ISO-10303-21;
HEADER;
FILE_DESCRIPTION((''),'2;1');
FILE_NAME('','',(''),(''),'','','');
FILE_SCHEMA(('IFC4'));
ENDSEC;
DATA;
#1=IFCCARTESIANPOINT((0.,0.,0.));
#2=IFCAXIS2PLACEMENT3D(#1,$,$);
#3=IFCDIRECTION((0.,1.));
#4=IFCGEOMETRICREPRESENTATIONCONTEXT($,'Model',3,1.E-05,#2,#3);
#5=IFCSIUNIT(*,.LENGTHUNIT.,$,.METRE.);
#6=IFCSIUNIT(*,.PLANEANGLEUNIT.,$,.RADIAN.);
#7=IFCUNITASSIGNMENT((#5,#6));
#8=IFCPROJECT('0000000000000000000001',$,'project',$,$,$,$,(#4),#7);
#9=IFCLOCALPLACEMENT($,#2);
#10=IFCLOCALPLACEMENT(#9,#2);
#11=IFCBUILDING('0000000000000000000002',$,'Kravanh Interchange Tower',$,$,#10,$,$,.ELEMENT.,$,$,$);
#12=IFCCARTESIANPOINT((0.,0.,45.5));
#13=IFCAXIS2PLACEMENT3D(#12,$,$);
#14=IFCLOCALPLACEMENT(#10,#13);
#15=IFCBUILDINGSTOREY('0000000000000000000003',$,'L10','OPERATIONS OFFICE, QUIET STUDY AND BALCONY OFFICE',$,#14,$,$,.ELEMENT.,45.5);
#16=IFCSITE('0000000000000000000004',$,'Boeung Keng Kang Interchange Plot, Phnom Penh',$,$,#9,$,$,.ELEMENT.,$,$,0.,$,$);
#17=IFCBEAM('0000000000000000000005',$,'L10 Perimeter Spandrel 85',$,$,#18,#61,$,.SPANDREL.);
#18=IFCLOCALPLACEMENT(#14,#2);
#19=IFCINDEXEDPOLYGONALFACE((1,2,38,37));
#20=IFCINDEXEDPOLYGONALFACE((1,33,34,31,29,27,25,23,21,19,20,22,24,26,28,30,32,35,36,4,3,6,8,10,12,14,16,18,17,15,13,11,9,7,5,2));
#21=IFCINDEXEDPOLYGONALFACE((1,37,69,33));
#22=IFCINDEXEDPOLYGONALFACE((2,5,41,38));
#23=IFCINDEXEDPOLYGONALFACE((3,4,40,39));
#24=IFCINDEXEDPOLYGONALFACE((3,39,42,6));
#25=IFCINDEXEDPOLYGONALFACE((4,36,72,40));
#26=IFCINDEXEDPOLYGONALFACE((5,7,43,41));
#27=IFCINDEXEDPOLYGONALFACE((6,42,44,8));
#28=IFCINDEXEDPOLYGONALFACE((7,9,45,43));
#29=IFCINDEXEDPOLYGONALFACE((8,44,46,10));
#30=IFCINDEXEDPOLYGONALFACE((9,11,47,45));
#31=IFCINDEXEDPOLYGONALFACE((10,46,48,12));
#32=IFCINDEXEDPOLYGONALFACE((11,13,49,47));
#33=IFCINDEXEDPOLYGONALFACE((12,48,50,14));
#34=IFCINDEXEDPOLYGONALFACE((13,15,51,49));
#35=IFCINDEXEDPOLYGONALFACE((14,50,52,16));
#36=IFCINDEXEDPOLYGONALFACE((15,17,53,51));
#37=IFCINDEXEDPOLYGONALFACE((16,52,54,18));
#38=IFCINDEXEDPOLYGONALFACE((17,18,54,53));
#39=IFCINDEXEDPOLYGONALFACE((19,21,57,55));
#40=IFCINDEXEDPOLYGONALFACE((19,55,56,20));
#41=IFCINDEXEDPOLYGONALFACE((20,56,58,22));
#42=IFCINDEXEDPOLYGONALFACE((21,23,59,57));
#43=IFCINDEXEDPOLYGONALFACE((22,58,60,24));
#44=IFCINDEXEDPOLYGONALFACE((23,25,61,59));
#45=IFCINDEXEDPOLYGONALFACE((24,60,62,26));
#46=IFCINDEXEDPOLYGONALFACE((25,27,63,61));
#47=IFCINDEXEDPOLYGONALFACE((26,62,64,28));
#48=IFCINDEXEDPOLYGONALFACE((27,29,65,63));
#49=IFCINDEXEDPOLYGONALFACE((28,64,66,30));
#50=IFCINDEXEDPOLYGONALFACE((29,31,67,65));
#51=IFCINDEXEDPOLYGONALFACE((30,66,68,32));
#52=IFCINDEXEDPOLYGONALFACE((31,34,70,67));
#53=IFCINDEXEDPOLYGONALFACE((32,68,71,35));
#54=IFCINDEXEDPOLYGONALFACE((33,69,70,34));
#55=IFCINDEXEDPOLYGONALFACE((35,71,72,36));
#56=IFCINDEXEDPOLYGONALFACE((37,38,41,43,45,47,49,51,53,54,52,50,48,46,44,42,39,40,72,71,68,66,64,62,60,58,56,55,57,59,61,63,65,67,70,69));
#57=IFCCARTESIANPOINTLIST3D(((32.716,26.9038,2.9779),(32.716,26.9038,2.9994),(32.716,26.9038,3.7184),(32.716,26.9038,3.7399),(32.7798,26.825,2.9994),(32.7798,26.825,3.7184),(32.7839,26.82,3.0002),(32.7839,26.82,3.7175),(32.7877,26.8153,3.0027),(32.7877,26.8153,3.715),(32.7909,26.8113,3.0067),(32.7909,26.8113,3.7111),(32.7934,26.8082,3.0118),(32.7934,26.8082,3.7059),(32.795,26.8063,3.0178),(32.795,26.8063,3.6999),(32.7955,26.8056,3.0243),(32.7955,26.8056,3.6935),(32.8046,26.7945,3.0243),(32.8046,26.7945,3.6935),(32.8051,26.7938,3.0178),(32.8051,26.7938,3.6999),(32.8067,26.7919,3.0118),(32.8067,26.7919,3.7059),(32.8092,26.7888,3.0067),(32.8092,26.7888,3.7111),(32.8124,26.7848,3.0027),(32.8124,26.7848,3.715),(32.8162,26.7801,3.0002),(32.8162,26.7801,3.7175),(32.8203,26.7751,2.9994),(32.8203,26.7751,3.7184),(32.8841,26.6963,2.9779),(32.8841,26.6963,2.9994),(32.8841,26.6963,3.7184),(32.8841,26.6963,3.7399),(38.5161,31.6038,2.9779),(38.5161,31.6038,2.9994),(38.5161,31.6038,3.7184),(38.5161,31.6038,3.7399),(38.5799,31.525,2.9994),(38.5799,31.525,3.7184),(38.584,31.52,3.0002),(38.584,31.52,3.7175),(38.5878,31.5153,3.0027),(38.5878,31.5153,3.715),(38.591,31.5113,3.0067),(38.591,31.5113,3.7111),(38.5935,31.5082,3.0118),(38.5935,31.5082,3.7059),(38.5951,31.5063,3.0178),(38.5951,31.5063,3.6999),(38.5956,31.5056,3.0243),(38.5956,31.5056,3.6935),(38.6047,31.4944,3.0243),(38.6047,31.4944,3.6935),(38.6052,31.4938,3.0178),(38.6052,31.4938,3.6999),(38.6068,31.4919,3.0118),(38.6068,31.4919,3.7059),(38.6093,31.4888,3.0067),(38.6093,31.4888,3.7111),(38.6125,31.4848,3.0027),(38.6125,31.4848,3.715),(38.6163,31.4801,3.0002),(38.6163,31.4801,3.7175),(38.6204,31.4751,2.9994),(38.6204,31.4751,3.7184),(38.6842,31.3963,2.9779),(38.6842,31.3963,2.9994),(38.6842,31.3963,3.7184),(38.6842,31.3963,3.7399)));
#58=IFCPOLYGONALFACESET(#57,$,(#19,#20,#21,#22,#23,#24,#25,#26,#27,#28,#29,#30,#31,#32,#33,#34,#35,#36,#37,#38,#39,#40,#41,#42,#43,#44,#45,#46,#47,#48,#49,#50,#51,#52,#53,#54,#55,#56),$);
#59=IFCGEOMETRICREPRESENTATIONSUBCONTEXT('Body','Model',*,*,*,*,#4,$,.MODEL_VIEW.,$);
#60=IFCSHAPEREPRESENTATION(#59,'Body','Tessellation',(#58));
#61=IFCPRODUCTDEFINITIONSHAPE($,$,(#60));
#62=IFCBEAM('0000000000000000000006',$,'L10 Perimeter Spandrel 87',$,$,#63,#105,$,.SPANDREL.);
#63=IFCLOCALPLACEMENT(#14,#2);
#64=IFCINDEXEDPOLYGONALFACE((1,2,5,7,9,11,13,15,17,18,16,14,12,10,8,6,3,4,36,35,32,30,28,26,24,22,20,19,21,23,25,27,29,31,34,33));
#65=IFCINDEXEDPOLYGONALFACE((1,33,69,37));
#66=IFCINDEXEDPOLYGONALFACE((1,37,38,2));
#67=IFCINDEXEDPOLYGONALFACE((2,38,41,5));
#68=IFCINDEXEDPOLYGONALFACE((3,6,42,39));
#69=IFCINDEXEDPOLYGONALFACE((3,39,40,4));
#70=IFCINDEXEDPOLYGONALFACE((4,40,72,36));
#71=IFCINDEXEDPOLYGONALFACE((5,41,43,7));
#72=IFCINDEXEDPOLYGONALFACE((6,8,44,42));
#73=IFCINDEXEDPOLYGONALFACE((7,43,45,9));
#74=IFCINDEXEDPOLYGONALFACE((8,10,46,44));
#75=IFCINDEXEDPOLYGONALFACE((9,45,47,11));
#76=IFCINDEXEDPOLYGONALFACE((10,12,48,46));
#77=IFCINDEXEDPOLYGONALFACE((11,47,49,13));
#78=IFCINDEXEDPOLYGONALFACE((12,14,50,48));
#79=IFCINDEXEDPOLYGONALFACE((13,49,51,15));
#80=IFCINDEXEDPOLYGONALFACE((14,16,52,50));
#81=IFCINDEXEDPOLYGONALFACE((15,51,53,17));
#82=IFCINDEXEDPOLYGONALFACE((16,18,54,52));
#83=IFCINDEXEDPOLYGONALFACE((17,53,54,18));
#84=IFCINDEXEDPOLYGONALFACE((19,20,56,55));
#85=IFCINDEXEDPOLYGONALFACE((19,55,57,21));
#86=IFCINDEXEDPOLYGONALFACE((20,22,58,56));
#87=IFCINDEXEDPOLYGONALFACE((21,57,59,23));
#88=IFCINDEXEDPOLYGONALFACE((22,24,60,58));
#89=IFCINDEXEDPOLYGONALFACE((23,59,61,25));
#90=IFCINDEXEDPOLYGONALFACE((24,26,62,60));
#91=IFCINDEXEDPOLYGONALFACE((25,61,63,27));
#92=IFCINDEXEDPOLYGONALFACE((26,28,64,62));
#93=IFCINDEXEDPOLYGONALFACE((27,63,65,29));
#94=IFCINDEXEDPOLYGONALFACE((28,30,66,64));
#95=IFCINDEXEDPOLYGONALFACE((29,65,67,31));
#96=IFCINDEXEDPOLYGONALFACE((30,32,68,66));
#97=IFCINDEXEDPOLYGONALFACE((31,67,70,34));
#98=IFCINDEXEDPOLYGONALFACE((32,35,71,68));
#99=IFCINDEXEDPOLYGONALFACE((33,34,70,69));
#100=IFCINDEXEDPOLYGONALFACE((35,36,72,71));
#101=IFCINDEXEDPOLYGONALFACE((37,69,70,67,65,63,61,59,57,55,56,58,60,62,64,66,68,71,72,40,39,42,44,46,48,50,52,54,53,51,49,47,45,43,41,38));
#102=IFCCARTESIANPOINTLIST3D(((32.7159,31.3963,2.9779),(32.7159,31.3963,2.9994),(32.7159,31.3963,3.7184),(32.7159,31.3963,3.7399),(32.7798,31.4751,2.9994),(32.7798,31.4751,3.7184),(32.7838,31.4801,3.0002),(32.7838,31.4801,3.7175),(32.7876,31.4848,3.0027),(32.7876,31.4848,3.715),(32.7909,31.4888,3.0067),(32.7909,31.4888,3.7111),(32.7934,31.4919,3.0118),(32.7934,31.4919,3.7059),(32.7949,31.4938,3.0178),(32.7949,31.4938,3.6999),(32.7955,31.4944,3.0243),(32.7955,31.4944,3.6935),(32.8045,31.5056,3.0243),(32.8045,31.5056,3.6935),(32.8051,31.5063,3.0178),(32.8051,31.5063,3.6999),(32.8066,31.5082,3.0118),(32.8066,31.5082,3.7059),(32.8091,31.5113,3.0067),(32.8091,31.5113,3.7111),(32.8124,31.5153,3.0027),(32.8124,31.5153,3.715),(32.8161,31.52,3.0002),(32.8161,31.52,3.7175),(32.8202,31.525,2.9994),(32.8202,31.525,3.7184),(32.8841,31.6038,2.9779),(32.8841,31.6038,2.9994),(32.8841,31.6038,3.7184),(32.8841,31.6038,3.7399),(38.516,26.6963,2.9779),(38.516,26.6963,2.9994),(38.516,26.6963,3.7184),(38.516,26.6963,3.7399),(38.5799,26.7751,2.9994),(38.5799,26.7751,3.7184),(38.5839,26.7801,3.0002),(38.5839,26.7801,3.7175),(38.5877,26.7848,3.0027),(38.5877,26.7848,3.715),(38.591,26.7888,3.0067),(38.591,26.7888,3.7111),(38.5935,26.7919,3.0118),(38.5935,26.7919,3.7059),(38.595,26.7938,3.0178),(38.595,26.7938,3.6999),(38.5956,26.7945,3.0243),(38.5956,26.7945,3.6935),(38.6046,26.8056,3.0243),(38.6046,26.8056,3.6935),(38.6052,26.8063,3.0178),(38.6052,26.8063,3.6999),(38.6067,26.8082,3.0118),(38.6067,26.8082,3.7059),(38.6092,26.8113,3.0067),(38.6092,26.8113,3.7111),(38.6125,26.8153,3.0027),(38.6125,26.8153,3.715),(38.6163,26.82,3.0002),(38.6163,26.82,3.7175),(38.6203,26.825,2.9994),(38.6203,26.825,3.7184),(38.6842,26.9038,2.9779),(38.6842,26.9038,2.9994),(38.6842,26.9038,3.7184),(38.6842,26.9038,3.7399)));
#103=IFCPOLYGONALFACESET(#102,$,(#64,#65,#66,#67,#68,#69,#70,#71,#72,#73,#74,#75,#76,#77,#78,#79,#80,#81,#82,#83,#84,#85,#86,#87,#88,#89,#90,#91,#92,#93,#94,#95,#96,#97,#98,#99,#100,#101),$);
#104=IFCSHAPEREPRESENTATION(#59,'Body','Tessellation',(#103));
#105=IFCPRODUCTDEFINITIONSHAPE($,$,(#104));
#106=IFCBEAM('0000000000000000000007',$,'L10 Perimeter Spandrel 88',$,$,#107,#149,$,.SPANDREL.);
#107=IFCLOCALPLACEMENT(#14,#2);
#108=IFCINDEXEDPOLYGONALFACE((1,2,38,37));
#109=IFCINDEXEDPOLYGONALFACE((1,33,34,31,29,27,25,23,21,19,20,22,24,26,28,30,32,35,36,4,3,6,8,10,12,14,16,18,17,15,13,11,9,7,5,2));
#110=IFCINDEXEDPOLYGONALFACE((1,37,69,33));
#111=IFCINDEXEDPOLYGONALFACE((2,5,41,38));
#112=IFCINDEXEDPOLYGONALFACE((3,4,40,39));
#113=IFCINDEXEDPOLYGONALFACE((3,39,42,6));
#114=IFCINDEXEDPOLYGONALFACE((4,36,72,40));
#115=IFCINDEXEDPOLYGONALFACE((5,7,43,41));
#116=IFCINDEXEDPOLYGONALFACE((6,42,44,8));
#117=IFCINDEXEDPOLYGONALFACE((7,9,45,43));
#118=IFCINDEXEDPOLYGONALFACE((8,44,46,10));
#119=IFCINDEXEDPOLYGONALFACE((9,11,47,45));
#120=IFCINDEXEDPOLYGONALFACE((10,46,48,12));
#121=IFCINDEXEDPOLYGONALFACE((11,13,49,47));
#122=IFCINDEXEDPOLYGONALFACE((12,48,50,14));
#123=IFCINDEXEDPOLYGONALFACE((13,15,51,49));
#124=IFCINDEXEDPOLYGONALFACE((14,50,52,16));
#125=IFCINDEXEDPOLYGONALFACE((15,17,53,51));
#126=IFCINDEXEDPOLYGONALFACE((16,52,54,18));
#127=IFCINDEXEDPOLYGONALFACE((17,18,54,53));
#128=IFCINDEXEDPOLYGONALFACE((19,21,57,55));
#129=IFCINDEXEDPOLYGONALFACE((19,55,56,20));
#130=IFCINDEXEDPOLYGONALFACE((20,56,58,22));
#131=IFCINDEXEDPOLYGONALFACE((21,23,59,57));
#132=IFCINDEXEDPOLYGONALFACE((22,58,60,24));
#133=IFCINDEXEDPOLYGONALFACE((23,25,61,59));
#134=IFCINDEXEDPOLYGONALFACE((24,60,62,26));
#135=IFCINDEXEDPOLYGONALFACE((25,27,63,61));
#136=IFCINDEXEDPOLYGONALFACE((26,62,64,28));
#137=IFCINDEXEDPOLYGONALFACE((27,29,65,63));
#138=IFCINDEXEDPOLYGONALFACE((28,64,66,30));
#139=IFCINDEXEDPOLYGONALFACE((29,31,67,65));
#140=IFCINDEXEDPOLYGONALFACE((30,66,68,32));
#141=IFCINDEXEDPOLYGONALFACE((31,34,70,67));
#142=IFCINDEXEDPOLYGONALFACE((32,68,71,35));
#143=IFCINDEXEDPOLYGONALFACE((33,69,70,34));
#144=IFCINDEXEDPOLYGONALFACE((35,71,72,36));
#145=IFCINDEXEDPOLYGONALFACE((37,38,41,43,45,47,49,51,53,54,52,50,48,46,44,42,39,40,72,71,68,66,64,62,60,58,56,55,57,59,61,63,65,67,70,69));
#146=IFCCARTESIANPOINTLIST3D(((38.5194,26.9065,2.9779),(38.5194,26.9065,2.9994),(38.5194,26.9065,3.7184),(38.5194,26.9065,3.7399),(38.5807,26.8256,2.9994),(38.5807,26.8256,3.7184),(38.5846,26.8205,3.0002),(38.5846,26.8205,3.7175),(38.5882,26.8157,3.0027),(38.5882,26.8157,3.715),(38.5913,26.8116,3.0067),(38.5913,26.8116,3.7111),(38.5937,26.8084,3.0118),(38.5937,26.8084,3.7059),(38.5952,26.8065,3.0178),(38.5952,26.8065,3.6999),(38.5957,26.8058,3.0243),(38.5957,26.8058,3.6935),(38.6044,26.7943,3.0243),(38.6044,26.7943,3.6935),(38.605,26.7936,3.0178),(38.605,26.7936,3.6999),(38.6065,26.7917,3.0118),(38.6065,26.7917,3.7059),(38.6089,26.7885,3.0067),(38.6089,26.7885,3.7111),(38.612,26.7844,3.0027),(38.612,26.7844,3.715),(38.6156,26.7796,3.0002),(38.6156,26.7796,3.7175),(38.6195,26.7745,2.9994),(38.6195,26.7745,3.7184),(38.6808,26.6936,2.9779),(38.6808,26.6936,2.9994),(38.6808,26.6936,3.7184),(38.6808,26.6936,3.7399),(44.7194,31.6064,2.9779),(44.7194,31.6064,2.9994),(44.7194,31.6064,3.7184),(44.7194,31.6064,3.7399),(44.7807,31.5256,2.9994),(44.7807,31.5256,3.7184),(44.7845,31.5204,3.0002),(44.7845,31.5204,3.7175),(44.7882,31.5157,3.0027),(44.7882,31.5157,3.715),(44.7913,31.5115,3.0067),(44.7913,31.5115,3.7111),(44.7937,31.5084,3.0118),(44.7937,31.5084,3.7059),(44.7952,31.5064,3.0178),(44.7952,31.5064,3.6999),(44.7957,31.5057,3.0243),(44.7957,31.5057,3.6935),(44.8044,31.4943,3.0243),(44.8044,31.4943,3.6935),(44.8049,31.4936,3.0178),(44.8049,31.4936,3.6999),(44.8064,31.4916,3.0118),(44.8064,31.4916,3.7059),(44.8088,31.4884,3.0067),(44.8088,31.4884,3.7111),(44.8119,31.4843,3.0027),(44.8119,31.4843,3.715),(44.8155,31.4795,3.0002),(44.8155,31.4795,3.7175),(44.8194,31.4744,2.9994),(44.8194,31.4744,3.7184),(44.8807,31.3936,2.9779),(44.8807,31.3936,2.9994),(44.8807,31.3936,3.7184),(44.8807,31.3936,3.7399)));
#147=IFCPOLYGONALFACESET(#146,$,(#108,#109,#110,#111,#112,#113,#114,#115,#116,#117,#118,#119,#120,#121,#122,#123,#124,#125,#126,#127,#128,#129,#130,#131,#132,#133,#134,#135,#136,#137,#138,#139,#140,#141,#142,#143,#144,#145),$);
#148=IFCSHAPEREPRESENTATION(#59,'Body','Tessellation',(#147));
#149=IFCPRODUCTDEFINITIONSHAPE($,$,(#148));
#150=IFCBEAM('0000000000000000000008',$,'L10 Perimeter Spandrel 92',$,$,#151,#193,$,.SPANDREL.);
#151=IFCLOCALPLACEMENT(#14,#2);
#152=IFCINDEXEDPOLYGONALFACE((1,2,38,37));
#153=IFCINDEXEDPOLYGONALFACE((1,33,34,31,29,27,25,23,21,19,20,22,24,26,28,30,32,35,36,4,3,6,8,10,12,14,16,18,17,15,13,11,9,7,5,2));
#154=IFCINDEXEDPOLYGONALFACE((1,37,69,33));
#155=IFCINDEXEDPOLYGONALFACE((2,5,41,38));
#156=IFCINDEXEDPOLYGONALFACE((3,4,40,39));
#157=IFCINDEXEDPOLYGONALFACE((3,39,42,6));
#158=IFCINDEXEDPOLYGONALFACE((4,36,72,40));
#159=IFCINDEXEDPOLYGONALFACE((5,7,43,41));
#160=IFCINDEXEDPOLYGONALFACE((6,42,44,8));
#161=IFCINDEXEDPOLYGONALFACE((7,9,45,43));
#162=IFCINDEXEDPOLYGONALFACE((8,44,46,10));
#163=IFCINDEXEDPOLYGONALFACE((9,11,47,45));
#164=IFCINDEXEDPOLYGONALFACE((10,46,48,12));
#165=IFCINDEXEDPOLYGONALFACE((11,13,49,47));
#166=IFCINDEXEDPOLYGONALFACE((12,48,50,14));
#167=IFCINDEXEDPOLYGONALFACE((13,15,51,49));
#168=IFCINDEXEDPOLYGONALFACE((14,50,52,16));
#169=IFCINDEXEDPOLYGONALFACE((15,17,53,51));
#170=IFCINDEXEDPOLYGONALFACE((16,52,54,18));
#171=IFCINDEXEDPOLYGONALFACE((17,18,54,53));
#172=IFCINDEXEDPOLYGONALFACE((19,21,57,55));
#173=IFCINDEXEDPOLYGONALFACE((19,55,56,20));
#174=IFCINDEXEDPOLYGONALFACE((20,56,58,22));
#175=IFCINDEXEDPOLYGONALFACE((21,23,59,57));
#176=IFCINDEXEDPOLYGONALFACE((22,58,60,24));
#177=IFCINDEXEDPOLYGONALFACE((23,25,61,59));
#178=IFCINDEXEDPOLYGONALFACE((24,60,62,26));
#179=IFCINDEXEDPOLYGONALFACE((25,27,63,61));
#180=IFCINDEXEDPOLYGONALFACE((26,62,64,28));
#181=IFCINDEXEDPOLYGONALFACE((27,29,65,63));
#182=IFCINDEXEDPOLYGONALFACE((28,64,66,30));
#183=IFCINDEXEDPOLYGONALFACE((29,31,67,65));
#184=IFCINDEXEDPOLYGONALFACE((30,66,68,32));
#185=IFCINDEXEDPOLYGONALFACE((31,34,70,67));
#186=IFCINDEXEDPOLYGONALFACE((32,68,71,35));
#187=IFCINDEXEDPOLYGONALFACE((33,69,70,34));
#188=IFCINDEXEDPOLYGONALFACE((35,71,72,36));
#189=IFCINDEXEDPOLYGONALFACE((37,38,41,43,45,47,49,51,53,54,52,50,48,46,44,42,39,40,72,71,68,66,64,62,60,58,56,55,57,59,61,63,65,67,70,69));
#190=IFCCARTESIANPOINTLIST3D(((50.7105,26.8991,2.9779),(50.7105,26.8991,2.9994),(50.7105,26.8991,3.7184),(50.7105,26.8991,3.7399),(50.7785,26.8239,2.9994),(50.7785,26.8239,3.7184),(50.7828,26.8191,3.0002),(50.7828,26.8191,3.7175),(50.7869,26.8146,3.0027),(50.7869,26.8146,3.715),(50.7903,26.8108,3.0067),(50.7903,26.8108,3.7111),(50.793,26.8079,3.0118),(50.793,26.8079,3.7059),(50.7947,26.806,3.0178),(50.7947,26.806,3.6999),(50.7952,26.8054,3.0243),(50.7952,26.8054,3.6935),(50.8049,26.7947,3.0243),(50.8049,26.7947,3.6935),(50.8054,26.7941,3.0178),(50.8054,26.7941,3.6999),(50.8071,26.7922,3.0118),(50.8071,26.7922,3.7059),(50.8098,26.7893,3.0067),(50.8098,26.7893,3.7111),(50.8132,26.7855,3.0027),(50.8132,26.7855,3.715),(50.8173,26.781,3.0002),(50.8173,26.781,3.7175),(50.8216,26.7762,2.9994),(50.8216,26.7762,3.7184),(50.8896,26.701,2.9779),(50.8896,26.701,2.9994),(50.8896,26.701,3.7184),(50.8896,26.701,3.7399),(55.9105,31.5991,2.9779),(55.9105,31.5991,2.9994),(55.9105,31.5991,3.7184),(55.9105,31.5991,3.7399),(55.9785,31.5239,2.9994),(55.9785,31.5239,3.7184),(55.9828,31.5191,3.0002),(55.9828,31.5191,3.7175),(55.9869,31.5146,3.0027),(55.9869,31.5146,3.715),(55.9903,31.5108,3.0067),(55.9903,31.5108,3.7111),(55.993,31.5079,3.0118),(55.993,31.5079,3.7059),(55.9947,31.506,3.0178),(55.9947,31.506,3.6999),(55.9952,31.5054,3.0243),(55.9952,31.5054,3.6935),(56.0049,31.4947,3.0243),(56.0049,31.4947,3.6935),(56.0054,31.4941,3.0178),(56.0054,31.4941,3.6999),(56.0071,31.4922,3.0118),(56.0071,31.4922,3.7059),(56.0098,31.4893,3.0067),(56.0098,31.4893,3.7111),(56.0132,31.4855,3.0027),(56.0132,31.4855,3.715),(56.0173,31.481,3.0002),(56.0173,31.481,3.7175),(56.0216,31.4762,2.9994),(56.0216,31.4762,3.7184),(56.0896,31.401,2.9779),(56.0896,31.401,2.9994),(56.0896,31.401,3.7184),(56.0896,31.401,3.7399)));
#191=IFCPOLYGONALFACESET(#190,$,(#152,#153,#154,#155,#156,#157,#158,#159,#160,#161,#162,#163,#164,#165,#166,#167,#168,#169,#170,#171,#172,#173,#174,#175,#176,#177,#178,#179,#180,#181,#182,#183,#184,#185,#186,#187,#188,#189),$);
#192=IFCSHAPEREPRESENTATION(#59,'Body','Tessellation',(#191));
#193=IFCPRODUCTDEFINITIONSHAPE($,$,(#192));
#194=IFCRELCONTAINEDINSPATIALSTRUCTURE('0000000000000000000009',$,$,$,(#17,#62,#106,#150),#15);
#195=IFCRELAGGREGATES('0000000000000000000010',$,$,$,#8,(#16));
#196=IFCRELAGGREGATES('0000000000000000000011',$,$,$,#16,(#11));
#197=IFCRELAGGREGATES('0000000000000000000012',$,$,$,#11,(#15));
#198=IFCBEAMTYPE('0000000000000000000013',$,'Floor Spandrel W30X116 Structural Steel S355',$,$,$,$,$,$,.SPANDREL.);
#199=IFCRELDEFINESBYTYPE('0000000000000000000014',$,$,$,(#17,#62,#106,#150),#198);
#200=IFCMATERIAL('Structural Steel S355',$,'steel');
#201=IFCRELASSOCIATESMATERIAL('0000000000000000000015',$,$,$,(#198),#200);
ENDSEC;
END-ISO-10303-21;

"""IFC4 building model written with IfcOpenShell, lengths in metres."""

from ifc_helpers import new_model, si_unit, direction, frame, origin, origin_2d, place, context, subcontext, project, spatial, i_section, extrude, material, material_profile, profile_set, type_object, element, save


model = new_model("IFC4")

# Units and contexts
model_context = context("Model", 3, precision=1e-05, world=origin(), true_north=direction((0.0, 1.0)))
body_context = subcontext(model_context, "Body", "Model", "MODEL_VIEW")
ifc_project = project(units=[si_unit("LENGTHUNIT", "METRE"), si_unit("PLANEANGLEUNIT", "RADIAN")], contexts=[model_context])

# Site, building, storey
site_placement = place(None, origin())
site = spatial("IfcSite", under=ifc_project, at=site_placement, Name="Boeung Keng Kang Interchange Plot, Phnom Penh", CompositionType="ELEMENT", RefElevation=0.0)
building_placement = place(site_placement, origin())
building = spatial("IfcBuilding", under=site, at=building_placement, Name="Kravanh Interchange Tower", CompositionType="ELEMENT")
storey_placement = place(building_placement, frame((0.0, 0.0, 45.5)))
storey = spatial("IfcBuildingStorey", under=building, at=storey_placement, Name="L10", Description="OPERATIONS OFFICE, QUIET STUDY AND BALCONY OFFICE", CompositionType="ELEMENT", Elevation=45.5)

# Beams
ifc_material_1 = material(Name="Structural Steel S355", Category="steel")
ifc_material_profile_1 = material_profile(ifc_material_1, i_section(OverallWidth=0.2671, OverallDepth=0.762, WebThickness=0.0144, FlangeThickness=0.0215, FilletRadius=0.0249, at=origin_2d()), Name="W30X116")
ifc_profile_set_1 = profile_set([ifc_material_profile_1], Name="Structural Steel S355")
beam_type_1 = type_object("IfcBeamType", Name="Floor Spandrel W30X116 Structural Steel S355", PredefinedType="SPANDREL", material=ifc_profile_set_1)
for number, where, z_axis, x_axis, name in (
    (1, (32.8, 26.8, 3.3589), (0.776939, 0.629576, 0.0), (-0.629576, 0.776939, 0.0), "L10 Perimeter Spandrel 85"),
    (2, (38.6001, 26.8, 3.3589), (-0.776939, 0.629576, 0.0), (-0.629576, -0.776939, 0.0), "L10 Perimeter Spandrel 87"),
):
    element("IfcBeam", number, at=place(storey_placement, frame(where, z_axis=z_axis, x_axis=x_axis)), inside=storey, type_object=beam_type_1, Name=name, PredefinedType="SPANDREL", context=body_context, shape_type="SweptSolid", body=[
        extrude(i_section(OverallWidth=0.2671, OverallDepth=0.762, WebThickness=0.0144, FlangeThickness=0.0215, FilletRadius=0.0249, at=origin_2d()), origin(), (0.0, 0.0, 1.0), 7.4653),
    ])
beam_1_placement = place(storey_placement, frame((38.6001, 26.8, 3.3589), z_axis=(0.796905, 0.604104, 0.0), x_axis=(-0.604104, 0.796905, 0.0)))
element("IfcBeam", 3, at=beam_1_placement, inside=storey, type_object=beam_type_1, Name="L10 Perimeter Spandrel 88", PredefinedType="SPANDREL", context=body_context, shape_type="SweptSolid", body=[
    extrude(i_section(OverallWidth=0.2671, OverallDepth=0.762, WebThickness=0.0144, FlangeThickness=0.0215, FilletRadius=0.0249, at=origin_2d()), origin(), (0.0, 0.0, 1.0), 7.78),
])
beam_2_placement = place(storey_placement, frame((50.8, 26.8, 3.3589), z_axis=(0.741874, 0.670539, 0.0), x_axis=(-0.670539, 0.741874, 0.0)))
element("IfcBeam", 4, at=beam_2_placement, inside=storey, type_object=beam_type_1, Name="L10 Perimeter Spandrel 92", PredefinedType="SPANDREL", context=body_context, shape_type="SweptSolid", body=[
    extrude(i_section(OverallWidth=0.2671, OverallDepth=0.762, WebThickness=0.0144, FlangeThickness=0.0215, FilletRadius=0.0249, at=origin_2d()), origin(), (0.0, 0.0, 1.0), 7.0093),
])

save(model, "model.ifc")
